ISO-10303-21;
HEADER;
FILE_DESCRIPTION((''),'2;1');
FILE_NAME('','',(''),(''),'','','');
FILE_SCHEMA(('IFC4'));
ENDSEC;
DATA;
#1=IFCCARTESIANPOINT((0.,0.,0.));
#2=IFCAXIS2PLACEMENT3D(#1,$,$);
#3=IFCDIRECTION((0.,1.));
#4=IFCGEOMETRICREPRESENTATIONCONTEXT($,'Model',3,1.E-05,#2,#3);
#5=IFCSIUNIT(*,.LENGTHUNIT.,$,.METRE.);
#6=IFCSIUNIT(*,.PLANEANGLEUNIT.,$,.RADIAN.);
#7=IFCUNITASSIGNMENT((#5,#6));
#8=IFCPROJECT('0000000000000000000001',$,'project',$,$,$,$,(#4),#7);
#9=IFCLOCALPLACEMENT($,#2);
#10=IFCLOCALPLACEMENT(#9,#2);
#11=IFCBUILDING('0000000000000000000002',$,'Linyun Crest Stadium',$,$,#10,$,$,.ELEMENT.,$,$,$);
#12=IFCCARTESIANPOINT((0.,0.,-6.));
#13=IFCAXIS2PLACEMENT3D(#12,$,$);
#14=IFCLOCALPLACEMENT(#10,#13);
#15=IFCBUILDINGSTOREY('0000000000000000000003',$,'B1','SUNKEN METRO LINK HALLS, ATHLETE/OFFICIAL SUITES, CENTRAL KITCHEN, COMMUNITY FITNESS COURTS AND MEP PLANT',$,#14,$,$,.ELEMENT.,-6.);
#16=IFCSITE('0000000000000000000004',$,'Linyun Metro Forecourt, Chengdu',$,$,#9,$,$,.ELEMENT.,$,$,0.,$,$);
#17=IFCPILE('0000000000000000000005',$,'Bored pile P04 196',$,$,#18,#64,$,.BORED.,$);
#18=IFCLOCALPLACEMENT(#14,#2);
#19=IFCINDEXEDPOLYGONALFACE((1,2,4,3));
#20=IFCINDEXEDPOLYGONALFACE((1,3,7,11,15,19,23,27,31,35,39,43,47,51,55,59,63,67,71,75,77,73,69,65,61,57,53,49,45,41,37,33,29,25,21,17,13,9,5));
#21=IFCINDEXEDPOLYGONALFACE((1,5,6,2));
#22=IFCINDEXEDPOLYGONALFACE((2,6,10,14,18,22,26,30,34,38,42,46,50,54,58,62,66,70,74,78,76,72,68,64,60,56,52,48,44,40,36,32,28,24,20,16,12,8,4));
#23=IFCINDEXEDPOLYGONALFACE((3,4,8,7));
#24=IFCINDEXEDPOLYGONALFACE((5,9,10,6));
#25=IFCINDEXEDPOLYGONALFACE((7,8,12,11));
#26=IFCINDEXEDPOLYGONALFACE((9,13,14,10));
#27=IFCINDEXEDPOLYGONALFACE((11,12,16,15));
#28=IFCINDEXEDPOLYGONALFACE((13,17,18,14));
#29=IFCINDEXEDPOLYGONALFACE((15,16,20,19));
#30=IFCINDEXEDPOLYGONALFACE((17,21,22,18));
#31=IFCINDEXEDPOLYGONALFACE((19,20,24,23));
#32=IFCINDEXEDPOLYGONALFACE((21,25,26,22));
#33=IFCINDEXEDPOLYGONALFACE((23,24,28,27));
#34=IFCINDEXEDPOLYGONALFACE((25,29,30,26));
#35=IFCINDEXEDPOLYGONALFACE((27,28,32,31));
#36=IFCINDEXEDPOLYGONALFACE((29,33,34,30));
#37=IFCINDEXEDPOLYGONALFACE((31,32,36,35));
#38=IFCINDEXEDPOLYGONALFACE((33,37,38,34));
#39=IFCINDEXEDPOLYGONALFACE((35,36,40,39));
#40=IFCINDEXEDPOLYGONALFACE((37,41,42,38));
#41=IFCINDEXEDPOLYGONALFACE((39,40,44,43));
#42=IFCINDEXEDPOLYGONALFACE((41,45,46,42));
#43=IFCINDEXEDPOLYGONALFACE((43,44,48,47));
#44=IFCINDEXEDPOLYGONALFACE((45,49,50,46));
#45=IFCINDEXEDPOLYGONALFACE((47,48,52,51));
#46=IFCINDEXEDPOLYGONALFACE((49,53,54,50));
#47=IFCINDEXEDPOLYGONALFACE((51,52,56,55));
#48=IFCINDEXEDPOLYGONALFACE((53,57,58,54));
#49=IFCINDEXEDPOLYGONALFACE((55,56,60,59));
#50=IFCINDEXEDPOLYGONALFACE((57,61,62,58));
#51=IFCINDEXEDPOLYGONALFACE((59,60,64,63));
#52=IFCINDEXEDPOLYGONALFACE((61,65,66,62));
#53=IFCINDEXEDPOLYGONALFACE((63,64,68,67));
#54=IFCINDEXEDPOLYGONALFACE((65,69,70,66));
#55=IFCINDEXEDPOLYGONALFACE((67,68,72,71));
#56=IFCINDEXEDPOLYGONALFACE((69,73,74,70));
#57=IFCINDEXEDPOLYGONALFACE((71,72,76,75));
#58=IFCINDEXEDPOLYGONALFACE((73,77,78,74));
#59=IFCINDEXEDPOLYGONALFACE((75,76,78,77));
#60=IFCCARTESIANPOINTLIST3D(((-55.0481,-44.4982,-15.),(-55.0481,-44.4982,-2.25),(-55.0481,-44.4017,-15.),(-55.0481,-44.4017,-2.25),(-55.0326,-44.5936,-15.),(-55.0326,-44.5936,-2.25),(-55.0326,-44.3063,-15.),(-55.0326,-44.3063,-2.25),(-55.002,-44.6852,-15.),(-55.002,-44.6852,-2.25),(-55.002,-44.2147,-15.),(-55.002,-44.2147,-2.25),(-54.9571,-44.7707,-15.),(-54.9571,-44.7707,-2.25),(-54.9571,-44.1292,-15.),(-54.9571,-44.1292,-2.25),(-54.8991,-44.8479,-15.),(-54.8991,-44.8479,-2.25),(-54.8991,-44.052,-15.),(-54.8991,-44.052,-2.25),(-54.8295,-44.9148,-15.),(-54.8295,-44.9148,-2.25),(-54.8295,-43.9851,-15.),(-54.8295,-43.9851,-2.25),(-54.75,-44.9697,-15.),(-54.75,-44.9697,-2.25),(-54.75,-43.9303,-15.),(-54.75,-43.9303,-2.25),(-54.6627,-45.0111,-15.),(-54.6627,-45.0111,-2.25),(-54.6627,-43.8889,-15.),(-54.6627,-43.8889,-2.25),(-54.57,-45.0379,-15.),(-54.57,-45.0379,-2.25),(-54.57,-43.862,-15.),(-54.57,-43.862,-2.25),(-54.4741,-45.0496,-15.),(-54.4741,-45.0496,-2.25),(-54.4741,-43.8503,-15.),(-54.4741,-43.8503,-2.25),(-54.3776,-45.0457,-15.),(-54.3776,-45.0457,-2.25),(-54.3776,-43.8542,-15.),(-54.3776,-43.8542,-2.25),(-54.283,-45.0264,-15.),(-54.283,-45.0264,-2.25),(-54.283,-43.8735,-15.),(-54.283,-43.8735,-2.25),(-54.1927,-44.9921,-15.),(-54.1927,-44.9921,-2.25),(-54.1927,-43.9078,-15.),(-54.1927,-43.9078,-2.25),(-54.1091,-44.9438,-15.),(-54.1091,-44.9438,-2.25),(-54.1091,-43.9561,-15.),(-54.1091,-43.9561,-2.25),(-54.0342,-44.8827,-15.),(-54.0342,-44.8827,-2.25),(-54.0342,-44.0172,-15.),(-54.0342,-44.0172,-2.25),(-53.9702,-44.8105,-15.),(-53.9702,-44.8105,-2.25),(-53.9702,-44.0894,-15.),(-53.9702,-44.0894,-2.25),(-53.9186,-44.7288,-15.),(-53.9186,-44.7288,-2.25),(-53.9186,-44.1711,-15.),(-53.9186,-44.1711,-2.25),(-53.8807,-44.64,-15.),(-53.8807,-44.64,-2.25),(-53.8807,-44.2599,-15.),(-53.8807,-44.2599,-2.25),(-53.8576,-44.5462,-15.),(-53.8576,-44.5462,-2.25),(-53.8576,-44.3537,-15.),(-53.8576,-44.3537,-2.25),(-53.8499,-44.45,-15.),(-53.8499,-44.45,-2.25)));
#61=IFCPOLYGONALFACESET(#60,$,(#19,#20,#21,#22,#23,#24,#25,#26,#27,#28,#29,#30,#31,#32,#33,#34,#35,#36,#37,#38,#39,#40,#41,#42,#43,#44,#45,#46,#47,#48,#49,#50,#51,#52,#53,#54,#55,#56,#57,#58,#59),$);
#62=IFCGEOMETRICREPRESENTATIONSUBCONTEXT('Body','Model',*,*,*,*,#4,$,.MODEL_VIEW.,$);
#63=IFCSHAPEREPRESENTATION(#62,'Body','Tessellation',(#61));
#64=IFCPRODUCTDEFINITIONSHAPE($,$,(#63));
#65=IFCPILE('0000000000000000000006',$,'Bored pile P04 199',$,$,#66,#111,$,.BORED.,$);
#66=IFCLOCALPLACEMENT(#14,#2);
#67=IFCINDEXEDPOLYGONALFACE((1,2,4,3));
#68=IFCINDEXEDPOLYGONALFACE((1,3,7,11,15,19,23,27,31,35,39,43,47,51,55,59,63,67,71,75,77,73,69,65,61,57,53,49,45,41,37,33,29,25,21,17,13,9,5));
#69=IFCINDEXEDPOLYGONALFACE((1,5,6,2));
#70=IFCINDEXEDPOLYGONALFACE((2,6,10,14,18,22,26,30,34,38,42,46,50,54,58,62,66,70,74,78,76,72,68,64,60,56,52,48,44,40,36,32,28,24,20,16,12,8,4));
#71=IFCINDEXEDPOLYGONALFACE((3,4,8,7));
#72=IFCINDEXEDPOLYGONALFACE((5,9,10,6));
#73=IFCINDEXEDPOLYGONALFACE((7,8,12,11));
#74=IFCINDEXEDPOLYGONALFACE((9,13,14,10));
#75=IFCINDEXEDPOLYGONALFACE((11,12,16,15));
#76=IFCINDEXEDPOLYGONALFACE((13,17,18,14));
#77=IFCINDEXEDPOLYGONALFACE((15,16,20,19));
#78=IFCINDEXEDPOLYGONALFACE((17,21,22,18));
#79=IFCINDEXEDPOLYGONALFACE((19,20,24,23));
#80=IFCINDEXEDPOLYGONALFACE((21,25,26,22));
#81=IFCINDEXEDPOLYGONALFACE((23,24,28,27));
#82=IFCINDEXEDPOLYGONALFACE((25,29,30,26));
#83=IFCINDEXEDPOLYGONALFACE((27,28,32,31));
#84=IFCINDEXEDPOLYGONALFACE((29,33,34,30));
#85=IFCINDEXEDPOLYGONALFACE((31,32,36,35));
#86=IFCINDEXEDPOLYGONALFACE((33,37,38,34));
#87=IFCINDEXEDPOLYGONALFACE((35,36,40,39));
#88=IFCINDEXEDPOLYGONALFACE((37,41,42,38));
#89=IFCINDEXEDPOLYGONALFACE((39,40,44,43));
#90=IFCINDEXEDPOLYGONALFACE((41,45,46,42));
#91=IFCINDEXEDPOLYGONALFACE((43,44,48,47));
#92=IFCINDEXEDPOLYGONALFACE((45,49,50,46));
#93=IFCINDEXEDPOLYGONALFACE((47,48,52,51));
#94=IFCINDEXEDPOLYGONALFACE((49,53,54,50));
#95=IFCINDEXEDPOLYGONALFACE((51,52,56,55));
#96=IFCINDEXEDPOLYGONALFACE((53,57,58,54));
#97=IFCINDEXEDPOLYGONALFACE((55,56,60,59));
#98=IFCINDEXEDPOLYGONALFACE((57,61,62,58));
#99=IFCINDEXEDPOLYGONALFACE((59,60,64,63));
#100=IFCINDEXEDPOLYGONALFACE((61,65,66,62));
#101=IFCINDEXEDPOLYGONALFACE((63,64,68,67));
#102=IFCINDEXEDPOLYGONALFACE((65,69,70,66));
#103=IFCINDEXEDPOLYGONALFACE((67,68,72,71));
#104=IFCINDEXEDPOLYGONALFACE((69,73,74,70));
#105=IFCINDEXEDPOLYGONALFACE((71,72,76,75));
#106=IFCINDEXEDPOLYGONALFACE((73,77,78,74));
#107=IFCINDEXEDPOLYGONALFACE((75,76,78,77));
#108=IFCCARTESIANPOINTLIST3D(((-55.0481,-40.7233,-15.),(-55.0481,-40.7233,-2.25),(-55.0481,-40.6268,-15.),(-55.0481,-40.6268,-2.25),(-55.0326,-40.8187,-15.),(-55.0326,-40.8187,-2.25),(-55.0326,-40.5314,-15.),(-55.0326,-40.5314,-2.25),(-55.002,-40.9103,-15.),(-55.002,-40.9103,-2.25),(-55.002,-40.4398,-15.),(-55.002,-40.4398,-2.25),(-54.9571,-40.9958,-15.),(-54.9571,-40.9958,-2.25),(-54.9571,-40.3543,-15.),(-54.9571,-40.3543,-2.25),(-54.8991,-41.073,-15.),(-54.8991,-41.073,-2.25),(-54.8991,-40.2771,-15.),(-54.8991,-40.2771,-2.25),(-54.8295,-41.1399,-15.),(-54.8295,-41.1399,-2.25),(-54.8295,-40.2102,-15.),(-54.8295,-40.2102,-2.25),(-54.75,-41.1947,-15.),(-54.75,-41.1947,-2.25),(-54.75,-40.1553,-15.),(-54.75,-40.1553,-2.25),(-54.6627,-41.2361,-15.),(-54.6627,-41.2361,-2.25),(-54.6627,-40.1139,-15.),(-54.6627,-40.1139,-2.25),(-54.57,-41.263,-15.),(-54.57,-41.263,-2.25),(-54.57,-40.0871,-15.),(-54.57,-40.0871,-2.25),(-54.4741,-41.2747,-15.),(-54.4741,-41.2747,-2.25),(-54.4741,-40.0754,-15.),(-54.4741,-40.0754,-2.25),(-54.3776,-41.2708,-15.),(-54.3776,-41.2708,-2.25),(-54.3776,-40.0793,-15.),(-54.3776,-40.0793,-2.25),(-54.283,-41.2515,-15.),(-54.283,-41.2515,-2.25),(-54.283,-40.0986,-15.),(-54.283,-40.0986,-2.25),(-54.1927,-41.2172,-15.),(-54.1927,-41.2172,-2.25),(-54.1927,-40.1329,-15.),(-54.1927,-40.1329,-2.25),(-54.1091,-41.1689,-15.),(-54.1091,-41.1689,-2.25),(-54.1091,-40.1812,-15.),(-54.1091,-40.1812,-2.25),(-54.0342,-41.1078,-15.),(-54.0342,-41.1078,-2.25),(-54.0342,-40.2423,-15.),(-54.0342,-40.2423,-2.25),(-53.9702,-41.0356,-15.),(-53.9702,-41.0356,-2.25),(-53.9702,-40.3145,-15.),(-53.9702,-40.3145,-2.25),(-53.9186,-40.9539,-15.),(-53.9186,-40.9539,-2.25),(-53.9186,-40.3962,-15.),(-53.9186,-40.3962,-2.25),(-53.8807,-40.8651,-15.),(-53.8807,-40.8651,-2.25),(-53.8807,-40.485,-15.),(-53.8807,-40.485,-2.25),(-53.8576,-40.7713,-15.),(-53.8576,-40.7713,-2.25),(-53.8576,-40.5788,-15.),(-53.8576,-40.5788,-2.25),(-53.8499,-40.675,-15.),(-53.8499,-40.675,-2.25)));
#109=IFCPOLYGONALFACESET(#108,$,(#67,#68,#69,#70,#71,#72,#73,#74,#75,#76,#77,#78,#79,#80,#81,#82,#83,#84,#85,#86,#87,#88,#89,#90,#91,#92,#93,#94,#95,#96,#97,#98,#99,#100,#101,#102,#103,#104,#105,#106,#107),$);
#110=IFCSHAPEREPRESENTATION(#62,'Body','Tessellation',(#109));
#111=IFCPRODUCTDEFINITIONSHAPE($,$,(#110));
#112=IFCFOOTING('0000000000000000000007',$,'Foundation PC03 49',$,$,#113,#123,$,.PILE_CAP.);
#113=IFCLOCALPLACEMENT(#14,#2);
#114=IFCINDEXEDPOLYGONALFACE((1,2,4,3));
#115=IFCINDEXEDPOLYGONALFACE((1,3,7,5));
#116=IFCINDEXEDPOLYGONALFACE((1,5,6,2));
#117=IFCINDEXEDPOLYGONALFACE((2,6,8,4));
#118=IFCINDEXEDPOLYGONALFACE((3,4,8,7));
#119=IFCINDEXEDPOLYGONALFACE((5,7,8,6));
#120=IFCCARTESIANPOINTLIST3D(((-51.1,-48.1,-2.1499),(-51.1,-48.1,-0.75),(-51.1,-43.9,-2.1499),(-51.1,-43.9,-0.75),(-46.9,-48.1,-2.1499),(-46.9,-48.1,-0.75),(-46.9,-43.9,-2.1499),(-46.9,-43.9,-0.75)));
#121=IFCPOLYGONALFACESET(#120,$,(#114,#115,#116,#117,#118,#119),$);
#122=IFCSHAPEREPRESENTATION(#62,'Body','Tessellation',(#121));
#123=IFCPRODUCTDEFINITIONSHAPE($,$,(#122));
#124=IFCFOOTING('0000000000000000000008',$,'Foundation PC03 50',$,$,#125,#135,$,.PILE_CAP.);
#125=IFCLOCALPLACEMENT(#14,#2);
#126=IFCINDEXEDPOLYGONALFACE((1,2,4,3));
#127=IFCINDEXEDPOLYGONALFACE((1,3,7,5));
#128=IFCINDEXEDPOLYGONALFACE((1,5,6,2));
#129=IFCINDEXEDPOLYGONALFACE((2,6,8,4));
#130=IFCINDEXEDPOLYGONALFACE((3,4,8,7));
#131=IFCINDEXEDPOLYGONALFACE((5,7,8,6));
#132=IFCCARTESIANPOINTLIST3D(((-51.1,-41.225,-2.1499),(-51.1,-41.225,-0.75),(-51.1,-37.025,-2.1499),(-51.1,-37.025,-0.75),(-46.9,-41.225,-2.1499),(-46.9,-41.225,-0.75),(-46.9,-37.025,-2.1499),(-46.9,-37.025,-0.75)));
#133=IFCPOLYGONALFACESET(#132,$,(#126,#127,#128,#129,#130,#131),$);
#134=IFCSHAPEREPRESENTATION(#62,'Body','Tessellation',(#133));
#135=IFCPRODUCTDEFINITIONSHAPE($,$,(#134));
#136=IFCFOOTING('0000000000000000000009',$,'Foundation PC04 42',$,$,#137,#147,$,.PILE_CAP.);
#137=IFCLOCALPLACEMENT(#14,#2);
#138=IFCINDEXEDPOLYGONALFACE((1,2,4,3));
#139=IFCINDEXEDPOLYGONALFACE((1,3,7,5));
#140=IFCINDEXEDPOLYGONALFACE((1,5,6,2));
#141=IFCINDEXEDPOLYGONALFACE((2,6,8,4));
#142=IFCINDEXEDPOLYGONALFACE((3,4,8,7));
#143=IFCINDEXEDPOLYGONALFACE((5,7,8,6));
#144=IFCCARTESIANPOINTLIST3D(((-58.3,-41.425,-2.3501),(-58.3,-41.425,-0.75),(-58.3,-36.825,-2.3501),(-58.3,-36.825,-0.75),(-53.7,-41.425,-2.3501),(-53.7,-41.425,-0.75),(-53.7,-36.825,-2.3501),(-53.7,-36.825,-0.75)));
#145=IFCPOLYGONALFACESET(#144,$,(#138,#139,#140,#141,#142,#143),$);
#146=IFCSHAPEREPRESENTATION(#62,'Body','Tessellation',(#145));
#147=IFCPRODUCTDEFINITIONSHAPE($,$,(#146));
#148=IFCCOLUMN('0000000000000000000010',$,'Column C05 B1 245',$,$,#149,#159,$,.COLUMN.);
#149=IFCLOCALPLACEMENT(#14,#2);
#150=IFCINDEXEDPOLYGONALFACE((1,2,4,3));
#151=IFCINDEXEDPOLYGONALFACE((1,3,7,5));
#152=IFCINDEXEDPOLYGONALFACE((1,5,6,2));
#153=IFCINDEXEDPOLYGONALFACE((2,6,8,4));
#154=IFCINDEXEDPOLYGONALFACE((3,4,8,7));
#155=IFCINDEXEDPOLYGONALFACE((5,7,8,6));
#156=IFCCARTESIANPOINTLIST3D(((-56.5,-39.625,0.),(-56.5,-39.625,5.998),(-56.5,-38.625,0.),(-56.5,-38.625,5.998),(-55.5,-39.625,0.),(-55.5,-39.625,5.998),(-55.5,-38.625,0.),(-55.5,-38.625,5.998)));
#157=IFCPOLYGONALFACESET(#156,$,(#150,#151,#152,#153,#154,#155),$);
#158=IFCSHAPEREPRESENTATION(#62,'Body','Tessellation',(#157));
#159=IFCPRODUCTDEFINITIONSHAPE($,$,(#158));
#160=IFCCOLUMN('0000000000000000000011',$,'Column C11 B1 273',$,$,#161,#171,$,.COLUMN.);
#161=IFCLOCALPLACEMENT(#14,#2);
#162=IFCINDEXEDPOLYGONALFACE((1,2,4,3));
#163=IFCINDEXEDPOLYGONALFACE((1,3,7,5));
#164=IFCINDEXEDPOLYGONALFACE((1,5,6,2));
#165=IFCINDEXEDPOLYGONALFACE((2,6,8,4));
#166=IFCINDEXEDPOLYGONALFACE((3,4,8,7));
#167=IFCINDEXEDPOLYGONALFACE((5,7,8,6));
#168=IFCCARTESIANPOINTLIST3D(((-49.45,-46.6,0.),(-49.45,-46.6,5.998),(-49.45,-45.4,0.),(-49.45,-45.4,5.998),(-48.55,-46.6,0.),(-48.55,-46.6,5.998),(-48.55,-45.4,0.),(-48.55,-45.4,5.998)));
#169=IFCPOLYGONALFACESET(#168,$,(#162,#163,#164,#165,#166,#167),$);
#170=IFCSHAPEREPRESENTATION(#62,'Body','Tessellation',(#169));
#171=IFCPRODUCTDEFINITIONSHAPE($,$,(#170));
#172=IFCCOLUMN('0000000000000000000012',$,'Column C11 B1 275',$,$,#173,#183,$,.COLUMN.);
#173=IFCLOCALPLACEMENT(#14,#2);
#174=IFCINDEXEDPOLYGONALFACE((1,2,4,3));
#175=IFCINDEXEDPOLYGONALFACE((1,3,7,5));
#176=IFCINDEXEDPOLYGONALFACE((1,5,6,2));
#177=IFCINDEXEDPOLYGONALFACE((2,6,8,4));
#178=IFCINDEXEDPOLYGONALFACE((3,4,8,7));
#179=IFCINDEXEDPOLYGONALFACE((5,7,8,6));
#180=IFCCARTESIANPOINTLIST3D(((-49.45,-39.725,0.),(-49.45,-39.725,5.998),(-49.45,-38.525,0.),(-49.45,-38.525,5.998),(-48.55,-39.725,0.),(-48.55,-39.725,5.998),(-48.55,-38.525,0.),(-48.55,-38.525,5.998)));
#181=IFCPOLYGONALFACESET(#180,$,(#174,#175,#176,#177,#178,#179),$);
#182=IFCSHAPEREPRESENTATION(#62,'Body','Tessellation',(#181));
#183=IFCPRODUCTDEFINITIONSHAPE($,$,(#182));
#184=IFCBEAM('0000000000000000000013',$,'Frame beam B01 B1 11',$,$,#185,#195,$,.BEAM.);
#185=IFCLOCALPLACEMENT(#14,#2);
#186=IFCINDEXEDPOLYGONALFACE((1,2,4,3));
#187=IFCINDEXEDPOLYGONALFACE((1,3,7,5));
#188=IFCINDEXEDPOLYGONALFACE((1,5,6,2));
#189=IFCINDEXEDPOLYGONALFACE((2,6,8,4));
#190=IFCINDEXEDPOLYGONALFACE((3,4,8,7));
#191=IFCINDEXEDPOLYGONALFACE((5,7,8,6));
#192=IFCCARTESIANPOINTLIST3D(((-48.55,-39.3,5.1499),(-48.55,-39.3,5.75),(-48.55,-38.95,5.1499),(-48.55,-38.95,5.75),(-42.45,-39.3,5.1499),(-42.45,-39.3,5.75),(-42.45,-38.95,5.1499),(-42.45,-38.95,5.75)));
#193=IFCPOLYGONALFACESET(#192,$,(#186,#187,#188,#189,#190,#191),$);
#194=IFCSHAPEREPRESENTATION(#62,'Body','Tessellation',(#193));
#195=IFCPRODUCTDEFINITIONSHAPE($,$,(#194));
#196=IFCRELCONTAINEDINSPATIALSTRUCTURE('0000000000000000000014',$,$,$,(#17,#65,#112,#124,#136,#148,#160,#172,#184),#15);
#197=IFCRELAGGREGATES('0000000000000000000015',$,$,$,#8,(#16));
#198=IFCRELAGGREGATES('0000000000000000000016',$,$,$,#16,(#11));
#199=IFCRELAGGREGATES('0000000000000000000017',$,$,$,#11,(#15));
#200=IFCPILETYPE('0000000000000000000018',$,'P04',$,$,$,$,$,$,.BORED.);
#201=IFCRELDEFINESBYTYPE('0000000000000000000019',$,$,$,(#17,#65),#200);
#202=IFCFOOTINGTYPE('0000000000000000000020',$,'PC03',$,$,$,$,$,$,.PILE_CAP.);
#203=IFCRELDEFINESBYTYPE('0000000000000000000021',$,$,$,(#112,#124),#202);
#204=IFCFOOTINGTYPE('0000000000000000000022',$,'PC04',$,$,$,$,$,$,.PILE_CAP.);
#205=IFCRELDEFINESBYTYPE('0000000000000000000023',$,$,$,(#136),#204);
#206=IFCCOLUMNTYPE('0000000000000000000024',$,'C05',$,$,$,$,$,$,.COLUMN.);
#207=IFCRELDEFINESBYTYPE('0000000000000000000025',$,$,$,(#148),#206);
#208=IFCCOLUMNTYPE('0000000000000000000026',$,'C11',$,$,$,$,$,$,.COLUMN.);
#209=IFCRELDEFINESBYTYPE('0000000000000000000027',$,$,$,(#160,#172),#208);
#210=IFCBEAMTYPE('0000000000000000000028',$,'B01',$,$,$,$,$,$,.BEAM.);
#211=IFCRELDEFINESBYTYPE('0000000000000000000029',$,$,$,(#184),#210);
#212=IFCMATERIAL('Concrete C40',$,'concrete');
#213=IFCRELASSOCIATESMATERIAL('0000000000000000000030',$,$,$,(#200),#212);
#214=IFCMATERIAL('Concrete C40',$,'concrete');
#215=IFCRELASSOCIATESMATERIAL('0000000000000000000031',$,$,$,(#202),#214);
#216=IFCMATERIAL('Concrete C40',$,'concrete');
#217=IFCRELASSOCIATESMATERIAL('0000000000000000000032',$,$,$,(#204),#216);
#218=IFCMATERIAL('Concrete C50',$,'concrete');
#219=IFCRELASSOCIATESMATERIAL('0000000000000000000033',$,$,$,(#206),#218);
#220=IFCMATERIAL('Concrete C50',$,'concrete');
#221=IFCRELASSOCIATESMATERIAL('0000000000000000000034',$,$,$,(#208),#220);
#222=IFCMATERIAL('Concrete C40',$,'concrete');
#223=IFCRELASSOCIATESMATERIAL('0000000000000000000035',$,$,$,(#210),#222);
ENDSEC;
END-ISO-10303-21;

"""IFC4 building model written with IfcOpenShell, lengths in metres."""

from ifc_helpers import new_model, si_unit, direction, frame, origin, origin_2d, place, context, subcontext, project, spatial, rectangle, circle, extrude, material, material_profile, profile_set, type_object, element, save


model = new_model("IFC4")

# Units and contexts
model_context = context("Model", 3, precision=1e-05, world=origin(), true_north=direction((0.0, 1.0)))
body_context = subcontext(model_context, "Body", "Model", "MODEL_VIEW")
ifc_project = project(units=[si_unit("LENGTHUNIT", "METRE"), si_unit("PLANEANGLEUNIT", "RADIAN")], contexts=[model_context])

# Site, building, storey
site_placement = place(None, origin())
site = spatial("IfcSite", under=ifc_project, at=site_placement, Name="Linyun Metro Forecourt, Chengdu", CompositionType="ELEMENT", RefElevation=0.0)
building_placement = place(site_placement, origin())
building = spatial("IfcBuilding", under=site, at=building_placement, Name="Linyun Crest Stadium", CompositionType="ELEMENT")
storey_placement = place(building_placement, frame((0.0, 0.0, -6.0)))
storey = spatial("IfcBuildingStorey", under=building, at=storey_placement, Name="B1", Description="SUNKEN METRO LINK HALLS, ATHLETE/OFFICIAL SUITES, CENTRAL KITCHEN, COMMUNITY FITNESS COURTS AND MEP PLANT", CompositionType="ELEMENT", Elevation=-6.0)

# Piles
ifc_material_1 = material(Name="Concrete C40", Category="concrete")
ifc_material_profile_1 = material_profile(ifc_material_1, circle(Radius=0.6001, at=origin_2d()), Name="BORED PILE 1200")
ifc_profile_set_1 = profile_set([ifc_material_profile_1], Name="Concrete C40")
pile_type_1 = type_object("IfcPileType", Name="P04", PredefinedType="BORED", material=ifc_profile_set_1)
for number, where, z_axis, x_axis, name in (
    (1, (-54.45, -44.45, -2.25), (0.0, 0.0, -1.0), (1.0, 0.0, 0.0), "Bored pile P04 196"),
    (2, (-54.45, -40.675, -2.25), (0.0, 0.0, -1.0), (1.0, 0.0, 0.0), "Bored pile P04 199"),
):
    element("IfcPile", number, at=place(storey_placement, frame(where, z_axis=z_axis, x_axis=x_axis)), inside=storey, type_object=pile_type_1, Name=name, PredefinedType="BORED", context=body_context, shape_type="SweptSolid", body=[
        extrude(circle(Radius=0.6001, at=origin_2d()), origin(), (0.0, 0.0, 1.0), 12.75),
    ])

# Footings
ifc_material_2 = material(Name="Concrete C40", Category="concrete")
footing_type_1 = type_object("IfcFootingType", Name="PC03", PredefinedType="PILE_CAP", material=ifc_material_2)
for number, where, z_axis, x_axis, name in (
    (3, (-49.0, -46.0, -2.1499), (0.0, 0.0, 1.0), (1.0, 0.0, 0.0), "Foundation PC03 49"),
    (4, (-49.0, -39.125, -2.1499), (0.0, 0.0, 1.0), (1.0, 0.0, 0.0), "Foundation PC03 50"),
):
    element("IfcFooting", number, at=place(storey_placement, frame(where, z_axis=z_axis, x_axis=x_axis)), inside=storey, type_object=footing_type_1, Name=name, PredefinedType="PILE_CAP", context=body_context, shape_type="SweptSolid", body=[
        extrude(rectangle(XDim=4.2, YDim=4.2, at=origin_2d()), origin(), (0.0, 0.0, 1.0), 1.3999),
    ])
ifc_material_3 = material(Name="Concrete C40", Category="concrete")
footing_type_2 = type_object("IfcFootingType", Name="PC04", PredefinedType="PILE_CAP", material=ifc_material_3)
footing_placement = place(storey_placement, frame((-56.0, -39.125, -2.3501), z_axis=(0.0, 0.0, 1.0), x_axis=(1.0, 0.0, 0.0)))
element("IfcFooting", 5, at=footing_placement, inside=storey, type_object=footing_type_2, Name="Foundation PC04 42", PredefinedType="PILE_CAP", context=body_context, shape_type="SweptSolid", body=[
    extrude(rectangle(XDim=4.6001, YDim=4.6001, at=origin_2d()), origin(), (0.0, 0.0, 1.0), 1.6001),
])

# Columns
ifc_material_4 = material(Name="Concrete C50", Category="concrete")
ifc_material_profile_2 = material_profile(ifc_material_4, rectangle(XDim=1.0, YDim=1.0, at=origin_2d()), Name="RC 1000x1000")
ifc_profile_set_2 = profile_set([ifc_material_profile_2], Name="Concrete C50")
column_type_1 = type_object("IfcColumnType", Name="C05", PredefinedType="COLUMN", material=ifc_profile_set_2)
column_placement = place(storey_placement, frame((-56.0, -39.125, 0.0), z_axis=(0.0, 0.0, 1.0), x_axis=(1.0, 0.0, 0.0)))
element("IfcColumn", 6, at=column_placement, inside=storey, type_object=column_type_1, Name="Column C05 B1 245", PredefinedType="COLUMN", context=body_context, shape_type="SweptSolid", body=[
    extrude(rectangle(XDim=1.0, YDim=1.0, at=origin_2d()), origin(), (0.0, 0.0, 1.0), 5.998),
])
ifc_material_5 = material(Name="Concrete C50", Category="concrete")
ifc_material_profile_3 = material_profile(ifc_material_5, rectangle(XDim=0.8999, YDim=1.2, at=origin_2d()), Name="RC 1200x900")
ifc_profile_set_3 = profile_set([ifc_material_profile_3], Name="Concrete C50")
column_type_2 = type_object("IfcColumnType", Name="C11", PredefinedType="COLUMN", material=ifc_profile_set_3)
for number, where, z_axis, x_axis, name in (
    (7, (-49.0, -46.0, 0.0), (0.0, 0.0, 1.0), (1.0, 0.0, 0.0), "Column C11 B1 273"),
    (8, (-49.0, -39.125, 0.0), (0.0, 0.0, 1.0), (1.0, 0.0, 0.0), "Column C11 B1 275"),
):
    element("IfcColumn", number, at=place(storey_placement, frame(where, z_axis=z_axis, x_axis=x_axis)), inside=storey, type_object=column_type_2, Name=name, PredefinedType="COLUMN", context=body_context, shape_type="SweptSolid", body=[
        extrude(rectangle(XDim=0.8999, YDim=1.2, at=origin_2d()), origin(), (0.0, 0.0, 1.0), 5.998),
    ])

# Beam
ifc_material_6 = material(Name="Concrete C40", Category="concrete")
ifc_material_profile_4 = material_profile(ifc_material_6, rectangle(XDim=0.3501, YDim=0.6001, at=origin_2d()), Name="RCB 600x350")
ifc_profile_set_4 = profile_set([ifc_material_profile_4], Name="Concrete C40")
beam_type_1 = type_object("IfcBeamType", Name="B01", PredefinedType="BEAM", material=ifc_profile_set_4)
beam_1_placement = place(storey_placement, frame((-48.55, -39.125, 5.45), z_axis=(1.0, 0.0, 0.0), x_axis=(0.0, 1.0, 0.0)))
element("IfcBeam", 9, at=beam_1_placement, inside=storey, type_object=beam_type_1, Name="Frame beam B01 B1 11", PredefinedType="BEAM", context=body_context, shape_type="SweptSolid", body=[
    extrude(rectangle(XDim=0.3501, YDim=0.6001, at=origin_2d()), origin(), (0.0, 0.0, 1.0), 6.1001),
])

save(model, "model.ifc")
